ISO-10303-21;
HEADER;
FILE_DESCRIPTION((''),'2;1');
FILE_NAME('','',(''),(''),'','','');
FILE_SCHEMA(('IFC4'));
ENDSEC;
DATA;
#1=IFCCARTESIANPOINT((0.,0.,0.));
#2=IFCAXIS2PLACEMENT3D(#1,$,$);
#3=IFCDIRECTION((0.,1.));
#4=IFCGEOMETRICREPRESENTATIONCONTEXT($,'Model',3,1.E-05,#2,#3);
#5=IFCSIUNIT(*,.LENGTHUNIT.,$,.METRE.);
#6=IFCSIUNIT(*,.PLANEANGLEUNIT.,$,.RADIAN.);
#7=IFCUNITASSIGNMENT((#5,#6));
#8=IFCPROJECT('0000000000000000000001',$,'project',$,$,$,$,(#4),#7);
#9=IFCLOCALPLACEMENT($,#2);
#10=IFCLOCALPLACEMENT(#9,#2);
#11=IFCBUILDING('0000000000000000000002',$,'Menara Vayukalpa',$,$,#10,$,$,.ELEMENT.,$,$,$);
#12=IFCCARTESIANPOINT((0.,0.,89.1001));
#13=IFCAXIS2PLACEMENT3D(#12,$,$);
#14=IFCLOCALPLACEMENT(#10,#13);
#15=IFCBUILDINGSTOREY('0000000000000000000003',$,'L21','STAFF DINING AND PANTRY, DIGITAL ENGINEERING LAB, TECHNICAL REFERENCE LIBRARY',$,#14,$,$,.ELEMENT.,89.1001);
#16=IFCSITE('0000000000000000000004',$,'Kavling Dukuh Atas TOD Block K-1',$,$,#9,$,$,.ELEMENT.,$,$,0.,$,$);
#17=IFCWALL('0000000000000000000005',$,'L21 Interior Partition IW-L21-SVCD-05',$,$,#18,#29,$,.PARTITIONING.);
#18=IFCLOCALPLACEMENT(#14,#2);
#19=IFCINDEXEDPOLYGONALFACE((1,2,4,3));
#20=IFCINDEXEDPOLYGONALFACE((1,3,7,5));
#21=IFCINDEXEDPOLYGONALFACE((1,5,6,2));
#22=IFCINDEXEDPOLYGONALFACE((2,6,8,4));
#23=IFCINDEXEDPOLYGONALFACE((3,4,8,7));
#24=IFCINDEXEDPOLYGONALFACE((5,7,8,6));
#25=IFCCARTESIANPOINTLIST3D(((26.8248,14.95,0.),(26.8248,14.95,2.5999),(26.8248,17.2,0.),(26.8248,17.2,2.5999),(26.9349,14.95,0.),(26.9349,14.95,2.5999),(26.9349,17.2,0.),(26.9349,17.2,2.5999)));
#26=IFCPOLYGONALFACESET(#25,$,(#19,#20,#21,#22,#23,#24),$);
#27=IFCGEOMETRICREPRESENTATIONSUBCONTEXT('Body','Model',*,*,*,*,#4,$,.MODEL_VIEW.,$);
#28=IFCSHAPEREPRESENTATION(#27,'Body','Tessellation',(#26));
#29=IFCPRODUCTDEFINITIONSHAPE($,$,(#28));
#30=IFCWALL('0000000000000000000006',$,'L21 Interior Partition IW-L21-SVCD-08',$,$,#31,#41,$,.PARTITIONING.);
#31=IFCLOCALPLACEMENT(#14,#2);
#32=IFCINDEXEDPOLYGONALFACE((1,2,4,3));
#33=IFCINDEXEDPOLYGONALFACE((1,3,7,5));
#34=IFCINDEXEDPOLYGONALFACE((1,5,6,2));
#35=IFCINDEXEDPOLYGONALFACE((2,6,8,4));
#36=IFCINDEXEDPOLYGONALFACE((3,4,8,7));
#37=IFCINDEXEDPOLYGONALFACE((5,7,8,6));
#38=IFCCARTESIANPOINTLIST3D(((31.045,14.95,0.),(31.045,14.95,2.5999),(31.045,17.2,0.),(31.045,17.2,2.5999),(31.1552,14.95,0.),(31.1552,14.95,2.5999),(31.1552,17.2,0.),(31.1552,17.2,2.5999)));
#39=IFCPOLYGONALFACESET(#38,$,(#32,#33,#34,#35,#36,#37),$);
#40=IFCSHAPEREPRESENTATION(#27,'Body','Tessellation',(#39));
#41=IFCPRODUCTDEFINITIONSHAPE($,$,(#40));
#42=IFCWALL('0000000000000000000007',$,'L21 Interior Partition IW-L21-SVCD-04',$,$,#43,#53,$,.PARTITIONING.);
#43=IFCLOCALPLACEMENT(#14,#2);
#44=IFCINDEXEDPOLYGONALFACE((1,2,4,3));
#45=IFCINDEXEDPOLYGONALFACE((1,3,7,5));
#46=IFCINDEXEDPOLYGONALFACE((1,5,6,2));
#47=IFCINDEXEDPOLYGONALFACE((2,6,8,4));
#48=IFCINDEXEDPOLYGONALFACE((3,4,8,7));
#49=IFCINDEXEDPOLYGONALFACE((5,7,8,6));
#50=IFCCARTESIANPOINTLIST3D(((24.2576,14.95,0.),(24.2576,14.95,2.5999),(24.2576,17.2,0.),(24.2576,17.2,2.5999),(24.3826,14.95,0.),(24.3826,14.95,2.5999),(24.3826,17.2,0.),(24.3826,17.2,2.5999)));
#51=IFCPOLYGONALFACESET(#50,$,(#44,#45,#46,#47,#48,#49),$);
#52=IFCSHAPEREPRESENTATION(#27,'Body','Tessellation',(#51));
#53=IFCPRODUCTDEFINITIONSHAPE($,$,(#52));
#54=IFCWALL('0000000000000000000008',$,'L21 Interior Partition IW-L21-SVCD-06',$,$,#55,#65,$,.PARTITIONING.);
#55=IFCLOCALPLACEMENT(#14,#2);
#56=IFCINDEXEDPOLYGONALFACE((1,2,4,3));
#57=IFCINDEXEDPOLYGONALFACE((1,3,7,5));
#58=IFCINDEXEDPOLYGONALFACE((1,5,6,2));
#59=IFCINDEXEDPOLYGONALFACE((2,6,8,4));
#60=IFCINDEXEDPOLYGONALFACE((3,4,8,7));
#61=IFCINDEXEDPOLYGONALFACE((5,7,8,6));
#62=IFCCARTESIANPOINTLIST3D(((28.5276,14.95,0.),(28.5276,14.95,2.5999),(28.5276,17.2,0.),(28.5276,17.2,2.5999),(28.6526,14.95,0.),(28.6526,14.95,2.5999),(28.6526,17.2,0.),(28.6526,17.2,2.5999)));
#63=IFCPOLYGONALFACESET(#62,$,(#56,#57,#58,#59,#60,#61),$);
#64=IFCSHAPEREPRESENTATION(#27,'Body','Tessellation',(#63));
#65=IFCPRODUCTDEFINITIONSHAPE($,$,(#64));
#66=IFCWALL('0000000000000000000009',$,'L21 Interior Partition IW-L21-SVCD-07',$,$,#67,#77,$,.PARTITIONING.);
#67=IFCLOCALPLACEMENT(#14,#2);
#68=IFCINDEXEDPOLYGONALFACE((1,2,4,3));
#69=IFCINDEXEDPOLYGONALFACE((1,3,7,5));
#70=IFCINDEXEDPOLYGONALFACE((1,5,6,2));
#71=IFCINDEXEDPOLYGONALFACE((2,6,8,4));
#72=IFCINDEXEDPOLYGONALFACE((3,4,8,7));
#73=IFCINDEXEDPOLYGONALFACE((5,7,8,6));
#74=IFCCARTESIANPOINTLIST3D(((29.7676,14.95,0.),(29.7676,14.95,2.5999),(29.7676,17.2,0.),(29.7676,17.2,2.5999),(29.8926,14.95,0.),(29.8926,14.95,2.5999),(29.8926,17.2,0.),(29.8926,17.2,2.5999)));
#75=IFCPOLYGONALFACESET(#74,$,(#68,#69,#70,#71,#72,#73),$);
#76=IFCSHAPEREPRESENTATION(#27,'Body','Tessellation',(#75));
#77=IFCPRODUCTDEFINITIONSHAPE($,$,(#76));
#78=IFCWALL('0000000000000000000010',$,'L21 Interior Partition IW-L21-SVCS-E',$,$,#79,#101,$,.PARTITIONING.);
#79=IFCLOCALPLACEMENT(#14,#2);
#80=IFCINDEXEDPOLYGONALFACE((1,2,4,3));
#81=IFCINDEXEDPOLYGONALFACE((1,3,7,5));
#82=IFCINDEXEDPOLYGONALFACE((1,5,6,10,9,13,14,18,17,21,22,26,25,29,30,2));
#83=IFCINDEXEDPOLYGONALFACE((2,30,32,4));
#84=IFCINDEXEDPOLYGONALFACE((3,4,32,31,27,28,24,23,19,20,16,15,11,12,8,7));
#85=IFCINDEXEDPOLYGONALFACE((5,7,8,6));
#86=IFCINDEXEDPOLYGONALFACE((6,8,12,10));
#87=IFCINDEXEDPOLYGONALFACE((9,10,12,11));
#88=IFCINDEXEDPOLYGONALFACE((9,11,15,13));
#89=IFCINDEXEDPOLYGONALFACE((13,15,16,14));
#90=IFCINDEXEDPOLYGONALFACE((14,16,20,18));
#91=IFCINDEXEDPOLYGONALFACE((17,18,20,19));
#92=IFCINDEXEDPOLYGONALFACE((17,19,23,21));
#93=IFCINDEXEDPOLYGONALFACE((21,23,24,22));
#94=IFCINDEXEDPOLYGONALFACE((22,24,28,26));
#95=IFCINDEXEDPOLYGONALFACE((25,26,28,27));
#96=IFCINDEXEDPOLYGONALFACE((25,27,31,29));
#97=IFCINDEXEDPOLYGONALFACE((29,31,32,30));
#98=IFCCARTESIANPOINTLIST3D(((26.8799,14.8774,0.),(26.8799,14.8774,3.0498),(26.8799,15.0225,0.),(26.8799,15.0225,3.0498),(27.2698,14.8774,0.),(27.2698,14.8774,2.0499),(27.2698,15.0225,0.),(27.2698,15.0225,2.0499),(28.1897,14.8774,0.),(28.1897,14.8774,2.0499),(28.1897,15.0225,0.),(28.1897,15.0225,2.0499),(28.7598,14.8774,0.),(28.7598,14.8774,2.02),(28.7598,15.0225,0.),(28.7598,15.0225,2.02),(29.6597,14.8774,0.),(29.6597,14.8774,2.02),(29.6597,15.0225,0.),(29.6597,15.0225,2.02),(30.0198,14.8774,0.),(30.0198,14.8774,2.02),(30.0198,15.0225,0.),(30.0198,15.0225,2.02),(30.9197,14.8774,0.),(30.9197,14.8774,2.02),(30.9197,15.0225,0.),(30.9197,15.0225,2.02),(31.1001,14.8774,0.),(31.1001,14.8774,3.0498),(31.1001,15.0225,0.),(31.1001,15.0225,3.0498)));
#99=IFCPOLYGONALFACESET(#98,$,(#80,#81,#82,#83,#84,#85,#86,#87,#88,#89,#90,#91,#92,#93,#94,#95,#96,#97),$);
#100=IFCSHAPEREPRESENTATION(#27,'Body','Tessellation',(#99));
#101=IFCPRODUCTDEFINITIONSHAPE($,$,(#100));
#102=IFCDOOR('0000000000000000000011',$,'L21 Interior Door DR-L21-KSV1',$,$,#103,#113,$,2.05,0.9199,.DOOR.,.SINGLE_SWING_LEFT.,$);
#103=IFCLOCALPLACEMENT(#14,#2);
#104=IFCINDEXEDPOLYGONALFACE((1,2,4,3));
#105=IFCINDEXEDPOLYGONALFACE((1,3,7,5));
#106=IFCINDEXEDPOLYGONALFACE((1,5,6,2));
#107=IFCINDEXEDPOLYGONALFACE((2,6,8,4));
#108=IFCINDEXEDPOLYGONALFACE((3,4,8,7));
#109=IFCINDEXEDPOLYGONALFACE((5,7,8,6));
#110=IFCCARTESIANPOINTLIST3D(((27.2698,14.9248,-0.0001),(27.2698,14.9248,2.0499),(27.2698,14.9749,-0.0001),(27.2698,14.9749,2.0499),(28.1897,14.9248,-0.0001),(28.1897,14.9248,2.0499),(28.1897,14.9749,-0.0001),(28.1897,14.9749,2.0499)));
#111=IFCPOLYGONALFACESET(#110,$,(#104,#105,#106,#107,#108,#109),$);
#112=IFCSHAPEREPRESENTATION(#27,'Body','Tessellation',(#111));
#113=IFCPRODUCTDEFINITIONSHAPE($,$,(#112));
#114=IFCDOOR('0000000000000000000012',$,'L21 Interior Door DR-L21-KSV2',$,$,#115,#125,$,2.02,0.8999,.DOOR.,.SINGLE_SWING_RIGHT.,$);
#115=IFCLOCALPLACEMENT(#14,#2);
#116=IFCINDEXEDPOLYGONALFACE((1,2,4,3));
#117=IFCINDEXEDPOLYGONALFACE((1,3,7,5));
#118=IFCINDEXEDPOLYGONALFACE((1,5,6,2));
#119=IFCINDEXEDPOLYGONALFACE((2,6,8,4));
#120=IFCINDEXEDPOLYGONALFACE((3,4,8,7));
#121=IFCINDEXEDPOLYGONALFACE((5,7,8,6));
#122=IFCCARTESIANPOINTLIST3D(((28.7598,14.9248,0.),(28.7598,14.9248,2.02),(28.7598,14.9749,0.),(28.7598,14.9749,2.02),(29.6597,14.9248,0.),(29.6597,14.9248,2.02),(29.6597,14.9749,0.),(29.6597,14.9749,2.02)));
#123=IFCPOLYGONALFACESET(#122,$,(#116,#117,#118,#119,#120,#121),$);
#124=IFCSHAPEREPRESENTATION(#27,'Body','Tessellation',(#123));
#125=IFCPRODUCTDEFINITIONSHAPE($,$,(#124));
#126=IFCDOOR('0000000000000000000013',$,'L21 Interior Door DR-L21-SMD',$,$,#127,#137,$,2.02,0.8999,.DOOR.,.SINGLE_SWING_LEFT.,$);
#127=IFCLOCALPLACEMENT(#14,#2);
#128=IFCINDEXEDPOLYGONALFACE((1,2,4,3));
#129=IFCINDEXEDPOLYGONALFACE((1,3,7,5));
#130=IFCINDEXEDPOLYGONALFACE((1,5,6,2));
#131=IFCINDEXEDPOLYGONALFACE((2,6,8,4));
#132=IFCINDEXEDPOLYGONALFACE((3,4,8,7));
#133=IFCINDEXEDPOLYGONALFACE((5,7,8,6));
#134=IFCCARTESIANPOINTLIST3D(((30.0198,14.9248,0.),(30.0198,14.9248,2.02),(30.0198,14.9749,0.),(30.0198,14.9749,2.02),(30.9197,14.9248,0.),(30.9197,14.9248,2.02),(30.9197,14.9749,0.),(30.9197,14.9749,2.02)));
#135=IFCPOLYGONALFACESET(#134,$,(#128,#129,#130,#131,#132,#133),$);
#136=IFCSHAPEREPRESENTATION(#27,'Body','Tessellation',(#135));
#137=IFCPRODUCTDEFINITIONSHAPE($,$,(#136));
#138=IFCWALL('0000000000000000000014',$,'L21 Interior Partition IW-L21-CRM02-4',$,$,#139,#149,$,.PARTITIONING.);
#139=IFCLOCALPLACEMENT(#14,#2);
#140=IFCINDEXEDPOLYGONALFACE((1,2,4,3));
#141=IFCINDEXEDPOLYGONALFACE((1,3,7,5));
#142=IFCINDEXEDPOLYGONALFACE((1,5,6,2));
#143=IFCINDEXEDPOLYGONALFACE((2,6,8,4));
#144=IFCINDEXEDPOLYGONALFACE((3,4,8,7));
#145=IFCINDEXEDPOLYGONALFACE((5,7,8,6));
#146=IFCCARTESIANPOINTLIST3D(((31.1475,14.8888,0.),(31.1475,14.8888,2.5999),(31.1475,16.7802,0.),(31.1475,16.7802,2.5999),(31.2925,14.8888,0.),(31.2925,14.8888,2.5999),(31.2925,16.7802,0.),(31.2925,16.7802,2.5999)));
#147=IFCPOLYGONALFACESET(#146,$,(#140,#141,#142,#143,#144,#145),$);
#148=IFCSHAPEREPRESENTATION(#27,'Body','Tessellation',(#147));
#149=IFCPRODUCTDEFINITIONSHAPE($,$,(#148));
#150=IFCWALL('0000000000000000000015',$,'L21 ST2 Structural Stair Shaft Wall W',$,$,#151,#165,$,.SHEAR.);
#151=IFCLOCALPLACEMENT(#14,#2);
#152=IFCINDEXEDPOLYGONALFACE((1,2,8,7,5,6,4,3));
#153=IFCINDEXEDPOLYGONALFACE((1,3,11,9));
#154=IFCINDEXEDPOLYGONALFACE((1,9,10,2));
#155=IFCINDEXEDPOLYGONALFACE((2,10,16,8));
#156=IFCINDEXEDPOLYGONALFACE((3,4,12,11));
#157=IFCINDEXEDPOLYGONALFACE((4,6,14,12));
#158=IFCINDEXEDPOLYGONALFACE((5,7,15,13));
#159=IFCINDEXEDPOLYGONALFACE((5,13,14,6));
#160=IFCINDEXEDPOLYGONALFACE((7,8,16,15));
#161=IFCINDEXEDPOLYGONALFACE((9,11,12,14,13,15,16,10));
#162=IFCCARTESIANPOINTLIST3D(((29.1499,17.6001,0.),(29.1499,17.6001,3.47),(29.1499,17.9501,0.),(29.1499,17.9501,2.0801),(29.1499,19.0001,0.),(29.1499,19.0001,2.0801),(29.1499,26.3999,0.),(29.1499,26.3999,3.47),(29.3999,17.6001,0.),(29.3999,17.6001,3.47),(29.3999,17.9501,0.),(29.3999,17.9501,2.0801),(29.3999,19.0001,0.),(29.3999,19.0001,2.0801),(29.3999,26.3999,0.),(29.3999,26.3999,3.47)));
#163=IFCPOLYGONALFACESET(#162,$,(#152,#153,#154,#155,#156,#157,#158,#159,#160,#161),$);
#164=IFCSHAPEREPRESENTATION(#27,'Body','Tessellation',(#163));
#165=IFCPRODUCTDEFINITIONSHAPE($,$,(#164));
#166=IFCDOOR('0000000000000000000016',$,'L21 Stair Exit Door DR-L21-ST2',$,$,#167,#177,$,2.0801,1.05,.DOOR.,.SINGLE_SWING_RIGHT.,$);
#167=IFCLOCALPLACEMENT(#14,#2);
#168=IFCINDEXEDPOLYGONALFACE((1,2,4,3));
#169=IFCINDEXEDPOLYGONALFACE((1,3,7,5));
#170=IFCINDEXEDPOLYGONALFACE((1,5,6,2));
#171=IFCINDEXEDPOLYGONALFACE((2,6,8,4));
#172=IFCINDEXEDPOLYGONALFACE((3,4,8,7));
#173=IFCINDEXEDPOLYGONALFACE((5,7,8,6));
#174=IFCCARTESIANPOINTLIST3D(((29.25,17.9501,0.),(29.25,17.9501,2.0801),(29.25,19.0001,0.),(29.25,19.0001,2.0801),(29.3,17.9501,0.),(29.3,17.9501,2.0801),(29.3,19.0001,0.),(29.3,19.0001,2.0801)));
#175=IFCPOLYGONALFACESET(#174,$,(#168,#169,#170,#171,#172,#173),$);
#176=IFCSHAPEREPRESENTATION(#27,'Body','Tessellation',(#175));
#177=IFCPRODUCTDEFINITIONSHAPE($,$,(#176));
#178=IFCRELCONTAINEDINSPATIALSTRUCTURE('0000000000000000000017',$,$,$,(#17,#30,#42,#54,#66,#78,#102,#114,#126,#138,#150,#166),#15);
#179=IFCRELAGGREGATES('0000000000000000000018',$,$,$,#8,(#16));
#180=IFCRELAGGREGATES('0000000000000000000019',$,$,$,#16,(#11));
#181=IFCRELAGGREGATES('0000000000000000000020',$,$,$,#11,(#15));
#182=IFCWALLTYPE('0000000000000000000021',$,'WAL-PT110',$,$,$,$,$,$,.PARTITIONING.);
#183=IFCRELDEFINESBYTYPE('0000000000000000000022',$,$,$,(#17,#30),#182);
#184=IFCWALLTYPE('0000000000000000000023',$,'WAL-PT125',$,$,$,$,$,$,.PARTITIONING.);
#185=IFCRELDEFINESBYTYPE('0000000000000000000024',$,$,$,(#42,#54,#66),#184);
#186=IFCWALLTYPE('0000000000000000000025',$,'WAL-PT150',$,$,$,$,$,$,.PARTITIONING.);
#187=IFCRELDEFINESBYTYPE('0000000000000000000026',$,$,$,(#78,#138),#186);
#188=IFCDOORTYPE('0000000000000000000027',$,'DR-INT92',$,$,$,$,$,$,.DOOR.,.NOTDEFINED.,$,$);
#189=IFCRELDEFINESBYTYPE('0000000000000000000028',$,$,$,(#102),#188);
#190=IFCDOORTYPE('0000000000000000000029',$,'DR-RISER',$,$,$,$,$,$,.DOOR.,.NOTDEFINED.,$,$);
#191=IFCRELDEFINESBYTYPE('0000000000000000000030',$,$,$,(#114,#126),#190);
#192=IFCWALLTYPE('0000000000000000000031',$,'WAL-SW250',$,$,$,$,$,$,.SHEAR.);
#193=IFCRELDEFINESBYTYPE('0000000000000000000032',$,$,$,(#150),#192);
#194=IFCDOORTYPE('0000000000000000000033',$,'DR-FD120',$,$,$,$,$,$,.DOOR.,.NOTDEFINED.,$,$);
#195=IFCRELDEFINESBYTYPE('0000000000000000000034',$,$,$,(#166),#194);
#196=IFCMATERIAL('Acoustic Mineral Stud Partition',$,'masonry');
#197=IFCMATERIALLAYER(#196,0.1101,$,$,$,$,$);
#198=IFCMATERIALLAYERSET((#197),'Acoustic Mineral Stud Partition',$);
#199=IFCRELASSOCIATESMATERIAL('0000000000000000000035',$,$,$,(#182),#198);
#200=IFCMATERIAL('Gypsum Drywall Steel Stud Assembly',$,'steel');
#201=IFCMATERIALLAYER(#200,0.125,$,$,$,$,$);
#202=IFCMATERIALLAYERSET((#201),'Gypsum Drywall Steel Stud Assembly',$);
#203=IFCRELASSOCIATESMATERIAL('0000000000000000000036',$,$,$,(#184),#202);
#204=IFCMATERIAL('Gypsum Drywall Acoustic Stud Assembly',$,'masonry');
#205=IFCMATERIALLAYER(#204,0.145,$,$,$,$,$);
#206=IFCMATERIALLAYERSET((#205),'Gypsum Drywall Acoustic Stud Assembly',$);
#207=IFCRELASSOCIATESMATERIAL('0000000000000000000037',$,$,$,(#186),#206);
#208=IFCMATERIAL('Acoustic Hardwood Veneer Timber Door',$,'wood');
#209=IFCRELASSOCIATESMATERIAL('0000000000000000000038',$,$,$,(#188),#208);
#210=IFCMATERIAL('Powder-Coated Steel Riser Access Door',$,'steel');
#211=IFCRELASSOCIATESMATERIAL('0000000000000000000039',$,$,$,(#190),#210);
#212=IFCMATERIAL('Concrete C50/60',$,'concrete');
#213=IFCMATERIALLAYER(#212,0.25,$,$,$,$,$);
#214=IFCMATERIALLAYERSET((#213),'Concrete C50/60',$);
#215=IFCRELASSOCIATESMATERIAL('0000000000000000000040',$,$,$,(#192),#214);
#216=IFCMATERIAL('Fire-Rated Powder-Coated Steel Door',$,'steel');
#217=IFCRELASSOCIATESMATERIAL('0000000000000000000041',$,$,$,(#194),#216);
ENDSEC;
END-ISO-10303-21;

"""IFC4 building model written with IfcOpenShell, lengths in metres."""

from ifc_helpers import new_model, si_unit, direction, frame, frame_2d, origin, place, context, subcontext, project, spatial, rectangle, extrude, material, layer, layer_set, type_object, element, fill, save


model = new_model("IFC4")

# Units and contexts
model_context = context("Model", 3, precision=1e-05, world=origin(), true_north=direction((0.0, 1.0)))
body_context = subcontext(model_context, "Body", "Model", "MODEL_VIEW")
ifc_project = project(units=[si_unit("LENGTHUNIT", "METRE"), si_unit("PLANEANGLEUNIT", "RADIAN")], contexts=[model_context])

# Site, building, storey
site_placement = place(None, origin())
site = spatial("IfcSite", under=ifc_project, at=site_placement, Name="Kavling Dukuh Atas TOD Block K-1", CompositionType="ELEMENT", RefElevation=0.0)
building_placement = place(site_placement, origin())
building = spatial("IfcBuilding", under=site, at=building_placement, Name="Menara Vayukalpa", CompositionType="ELEMENT")
storey_placement = place(building_placement, frame((0.0, 0.0, 89.1001)))
storey = spatial("IfcBuildingStorey", under=building, at=storey_placement, Name="L21", Description="STAFF DINING AND PANTRY, DIGITAL ENGINEERING LAB, TECHNICAL REFERENCE LIBRARY", CompositionType="ELEMENT", Elevation=89.1001)

# Walls
ifc_material_1 = material(Name="Acoustic Mineral Stud Partition", Category="masonry")
ifc_layer_1 = layer(ifc_material_1, 0.1101)
ifc_layer_set_1 = layer_set([ifc_layer_1], Name="Acoustic Mineral Stud Partition")
wall_type_1 = type_object("IfcWallType", Name="WAL-PT110", PredefinedType="PARTITIONING", material=ifc_layer_set_1)
for number, where, z_axis, x_axis, name in (
    (1, (26.8799, 14.95, 0.0), (0.0, 0.0, 1.0), (0.0, 1.0, 0.0), "L21 Interior Partition IW-L21-SVCD-05"),
    (2, (31.1001, 14.95, 0.0), (0.0, 0.0, 1.0), (0.0, 1.0, 0.0), "L21 Interior Partition IW-L21-SVCD-08"),
):
    element("IfcWall", number, at=place(storey_placement, frame(where, z_axis=z_axis, x_axis=x_axis)), inside=storey, type_object=wall_type_1, Name=name, PredefinedType="PARTITIONING", context=body_context, shape_type="SweptSolid", body=[
        extrude(rectangle(XDim=2.25, YDim=0.1101, at=frame_2d((1.125, 0.0))), origin(), (0.0, 0.0, 1.0), 2.5999),
    ])
ifc_material_2 = material(Name="Gypsum Drywall Steel Stud Assembly", Category="steel")
ifc_layer_2 = layer(ifc_material_2, 0.125)
ifc_layer_set_2 = layer_set([ifc_layer_2], Name="Gypsum Drywall Steel Stud Assembly")
wall_type_2 = type_object("IfcWallType", Name="WAL-PT125", PredefinedType="PARTITIONING", material=ifc_layer_set_2)
for number, where, z_axis, x_axis, name in (
    (3, (24.3201, 14.95, 0.0), (0.0, 0.0, 1.0), (0.0, 1.0, 0.0), "L21 Interior Partition IW-L21-SVCD-04"),
    (4, (28.5901, 14.95, 0.0), (0.0, 0.0, 1.0), (0.0, 1.0, 0.0), "L21 Interior Partition IW-L21-SVCD-06"),
    (5, (29.8301, 14.95, 0.0), (0.0, 0.0, 1.0), (0.0, 1.0, 0.0), "L21 Interior Partition IW-L21-SVCD-07"),
):
    element("IfcWall", number, at=place(storey_placement, frame(where, z_axis=z_axis, x_axis=x_axis)), inside=storey, type_object=wall_type_2, Name=name, PredefinedType="PARTITIONING", context=body_context, shape_type="SweptSolid", body=[
        extrude(rectangle(XDim=2.25, YDim=0.125, at=frame_2d((1.125, 0.0))), origin(), (0.0, 0.0, 1.0), 2.5999),
    ])

# Wall, openings, doors
ifc_material_3 = material(Name="Gypsum Drywall Acoustic Stud Assembly", Category="masonry")
ifc_layer_3 = layer(ifc_material_3, 0.145)
ifc_layer_set_3 = layer_set([ifc_layer_3], Name="Gypsum Drywall Acoustic Stud Assembly")
wall_type_3 = type_object("IfcWallType", Name="WAL-PT150", PredefinedType="PARTITIONING", material=ifc_layer_set_3)
wall_1_placement = place(storey_placement, frame((26.8799, 14.95, 0.0), z_axis=(0.0, 0.0, 1.0), x_axis=(1.0, 0.0, 0.0)))
wall_1 = element("IfcWall", 6, at=wall_1_placement, inside=storey, type_object=wall_type_3, Name="L21 Interior Partition IW-L21-SVCS-E", PredefinedType="PARTITIONING", context=body_context, shape_type="SweptSolid", body=[
    extrude(rectangle(XDim=4.2202, YDim=0.145, at=frame_2d((2.1101, 0.0))), origin(), (0.0, 0.0, 1.0), 3.0498),
])
opening_1_placement = place(wall_1_placement, frame((0.3899, 0.0, 0.0)))
opening_1 = element("IfcOpeningElement", 7, at=opening_1_placement, cuts=wall_1, PredefinedType="OPENING", context=body_context, shape_type="SweptSolid", body=[
    extrude(rectangle(XDim=0.9199, YDim=2.05, at=frame_2d((0.46, 1.0249))), frame((0.0, 0.0825, 0.0), z_axis=(0.0, -1.0, 0.0), x_axis=(1.0, 0.0, 0.0)), (0.0, 0.0, 1.0), 0.165),
])
opening_2_placement = place(wall_1_placement, frame((1.8799, 0.0, 0.0)))
opening_2 = element("IfcOpeningElement", 8, at=opening_2_placement, cuts=wall_1, PredefinedType="OPENING", context=body_context, shape_type="SweptSolid", body=[
    extrude(rectangle(XDim=0.8999, YDim=2.02, at=frame_2d((0.45, 1.01))), frame((0.0, 0.0825, 0.0), z_axis=(0.0, -1.0, 0.0), x_axis=(1.0, 0.0, 0.0)), (0.0, 0.0, 1.0), 0.165),
])
opening_3_placement = place(wall_1_placement, frame((3.1399, 0.0, 0.0)))
opening_3 = element("IfcOpeningElement", 9, at=opening_3_placement, cuts=wall_1, PredefinedType="OPENING", context=body_context, shape_type="SweptSolid", body=[
    extrude(rectangle(XDim=0.8999, YDim=2.02, at=frame_2d((0.45, 1.01))), frame((0.0, 0.0825, 0.0), z_axis=(0.0, -1.0, 0.0), x_axis=(1.0, 0.0, 0.0)), (0.0, 0.0, 1.0), 0.165),
])
ifc_material_4 = material(Name="Acoustic Hardwood Veneer Timber Door", Category="wood")
door_type_1 = type_object("IfcDoorType", Name="DR-INT92", OperationType="NOTDEFINED", PredefinedType="DOOR", material=ifc_material_4)
door_1_placement = place(opening_1_placement, origin())
door_1 = element("IfcDoor", 10, at=door_1_placement, inside=storey, type_object=door_type_1, Name="L21 Interior Door DR-L21-KSV1", OperationType="SINGLE_SWING_LEFT", OverallHeight=2.05, OverallWidth=0.9199, PredefinedType="DOOR", context=body_context, shape_type="SweptSolid", body=[
    extrude(rectangle(XDim=0.9199, YDim=2.05, at=frame_2d((0.46, 1.0249))), frame((0.0, 0.0249, 0.0), z_axis=(0.0, -1.0, 0.0), x_axis=(1.0, 0.0, 0.0)), (0.0, 0.0, 1.0), 0.05),
])
fill(opening_1, door_1)
ifc_material_5 = material(Name="Powder-Coated Steel Riser Access Door", Category="steel")
door_type_2 = type_object("IfcDoorType", Name="DR-RISER", OperationType="NOTDEFINED", PredefinedType="DOOR", material=ifc_material_5)
door_2_placement = place(opening_2_placement, origin())
door_2 = element("IfcDoor", 11, at=door_2_placement, inside=storey, type_object=door_type_2, Name="L21 Interior Door DR-L21-KSV2", OperationType="SINGLE_SWING_RIGHT", OverallHeight=2.02, OverallWidth=0.8999, PredefinedType="DOOR", context=body_context, shape_type="SweptSolid", body=[
    extrude(rectangle(XDim=0.8999, YDim=2.02, at=frame_2d((0.45, 1.01))), frame((0.0, 0.0249, 0.0), z_axis=(0.0, -1.0, 0.0), x_axis=(1.0, 0.0, 0.0)), (0.0, 0.0, 1.0), 0.05),
])
fill(opening_2, door_2)
door_3_placement = place(opening_3_placement, origin())
door_3 = element("IfcDoor", 12, at=door_3_placement, inside=storey, type_object=door_type_2, Name="L21 Interior Door DR-L21-SMD", OperationType="SINGLE_SWING_LEFT", OverallHeight=2.02, OverallWidth=0.8999, PredefinedType="DOOR", context=body_context, shape_type="SweptSolid", body=[
    extrude(rectangle(XDim=0.8999, YDim=2.02, at=frame_2d((0.45, 1.01))), frame((0.0, 0.0249, 0.0), z_axis=(0.0, -1.0, 0.0), x_axis=(1.0, 0.0, 0.0)), (0.0, 0.0, 1.0), 0.05),
])
fill(opening_3, door_3)

# Wall
wall_2_placement = place(storey_placement, frame((31.22, 14.8887, 0.0), z_axis=(0.0, 0.0, 1.0), x_axis=(0.0, 1.0, 0.0)))
element("IfcWall", 13, at=wall_2_placement, inside=storey, type_object=wall_type_3, Name="L21 Interior Partition IW-L21-CRM02-4", PredefinedType="PARTITIONING", context=body_context, shape_type="SweptSolid", body=[
    extrude(rectangle(XDim=1.8914, YDim=0.145, at=frame_2d((0.9458, 0.0))), origin(), (0.0, 0.0, 1.0), 2.5999),
])

# Wall, opening, door
ifc_material_6 = material(Name="Concrete C50/60", Category="concrete")
ifc_layer_4 = layer(ifc_material_6, 0.25)
ifc_layer_set_4 = layer_set([ifc_layer_4], Name="Concrete C50/60")
wall_type_4 = type_object("IfcWallType", Name="WAL-SW250", PredefinedType="SHEAR", material=ifc_layer_set_4)
wall_3_placement = place(storey_placement, frame((29.2749, 17.6001, 0.0), z_axis=(0.0, 0.0, 1.0), x_axis=(0.0, 1.0, 0.0)))
wall_3 = element("IfcWall", 14, at=wall_3_placement, inside=storey, type_object=wall_type_4, Name="L21 ST2 Structural Stair Shaft Wall W", PredefinedType="SHEAR", context=body_context, shape_type="SweptSolid", body=[
    extrude(rectangle(XDim=8.7998, YDim=0.25, at=frame_2d((4.3999, 0.0))), origin(), (0.0, 0.0, 1.0), 3.47),
])
opening_4_placement = place(wall_3_placement, frame((0.3501, 0.0, 0.0)))
opening_4 = element("IfcOpeningElement", 15, at=opening_4_placement, cuts=wall_3, PredefinedType="OPENING", context=body_context, shape_type="SweptSolid", body=[
    extrude(rectangle(XDim=1.05, YDim=2.0801, at=frame_2d((0.5249, 1.04))), frame((0.0, 0.135, 0.0), z_axis=(0.0, -1.0, 0.0), x_axis=(1.0, 0.0, 0.0)), (0.0, 0.0, 1.0), 0.27),
])
ifc_material_7 = material(Name="Fire-Rated Powder-Coated Steel Door", Category="steel")
door_type_3 = type_object("IfcDoorType", Name="DR-FD120", OperationType="NOTDEFINED", PredefinedType="DOOR", material=ifc_material_7)
door_4_placement = place(opening_4_placement, origin())
door_4 = element("IfcDoor", 16, at=door_4_placement, inside=storey, type_object=door_type_3, Name="L21 Stair Exit Door DR-L21-ST2", OperationType="SINGLE_SWING_RIGHT", OverallHeight=2.0801, OverallWidth=1.05, PredefinedType="DOOR", context=body_context, shape_type="SweptSolid", body=[
    extrude(rectangle(XDim=1.05, YDim=2.0801, at=frame_2d((0.5249, 1.04))), frame((0.0, 0.0249, 0.0), z_axis=(0.0, -1.0, 0.0), x_axis=(1.0, 0.0, 0.0)), (0.0, 0.0, 1.0), 0.05),
])
fill(opening_4, door_4)

save(model, "model.ifc")
